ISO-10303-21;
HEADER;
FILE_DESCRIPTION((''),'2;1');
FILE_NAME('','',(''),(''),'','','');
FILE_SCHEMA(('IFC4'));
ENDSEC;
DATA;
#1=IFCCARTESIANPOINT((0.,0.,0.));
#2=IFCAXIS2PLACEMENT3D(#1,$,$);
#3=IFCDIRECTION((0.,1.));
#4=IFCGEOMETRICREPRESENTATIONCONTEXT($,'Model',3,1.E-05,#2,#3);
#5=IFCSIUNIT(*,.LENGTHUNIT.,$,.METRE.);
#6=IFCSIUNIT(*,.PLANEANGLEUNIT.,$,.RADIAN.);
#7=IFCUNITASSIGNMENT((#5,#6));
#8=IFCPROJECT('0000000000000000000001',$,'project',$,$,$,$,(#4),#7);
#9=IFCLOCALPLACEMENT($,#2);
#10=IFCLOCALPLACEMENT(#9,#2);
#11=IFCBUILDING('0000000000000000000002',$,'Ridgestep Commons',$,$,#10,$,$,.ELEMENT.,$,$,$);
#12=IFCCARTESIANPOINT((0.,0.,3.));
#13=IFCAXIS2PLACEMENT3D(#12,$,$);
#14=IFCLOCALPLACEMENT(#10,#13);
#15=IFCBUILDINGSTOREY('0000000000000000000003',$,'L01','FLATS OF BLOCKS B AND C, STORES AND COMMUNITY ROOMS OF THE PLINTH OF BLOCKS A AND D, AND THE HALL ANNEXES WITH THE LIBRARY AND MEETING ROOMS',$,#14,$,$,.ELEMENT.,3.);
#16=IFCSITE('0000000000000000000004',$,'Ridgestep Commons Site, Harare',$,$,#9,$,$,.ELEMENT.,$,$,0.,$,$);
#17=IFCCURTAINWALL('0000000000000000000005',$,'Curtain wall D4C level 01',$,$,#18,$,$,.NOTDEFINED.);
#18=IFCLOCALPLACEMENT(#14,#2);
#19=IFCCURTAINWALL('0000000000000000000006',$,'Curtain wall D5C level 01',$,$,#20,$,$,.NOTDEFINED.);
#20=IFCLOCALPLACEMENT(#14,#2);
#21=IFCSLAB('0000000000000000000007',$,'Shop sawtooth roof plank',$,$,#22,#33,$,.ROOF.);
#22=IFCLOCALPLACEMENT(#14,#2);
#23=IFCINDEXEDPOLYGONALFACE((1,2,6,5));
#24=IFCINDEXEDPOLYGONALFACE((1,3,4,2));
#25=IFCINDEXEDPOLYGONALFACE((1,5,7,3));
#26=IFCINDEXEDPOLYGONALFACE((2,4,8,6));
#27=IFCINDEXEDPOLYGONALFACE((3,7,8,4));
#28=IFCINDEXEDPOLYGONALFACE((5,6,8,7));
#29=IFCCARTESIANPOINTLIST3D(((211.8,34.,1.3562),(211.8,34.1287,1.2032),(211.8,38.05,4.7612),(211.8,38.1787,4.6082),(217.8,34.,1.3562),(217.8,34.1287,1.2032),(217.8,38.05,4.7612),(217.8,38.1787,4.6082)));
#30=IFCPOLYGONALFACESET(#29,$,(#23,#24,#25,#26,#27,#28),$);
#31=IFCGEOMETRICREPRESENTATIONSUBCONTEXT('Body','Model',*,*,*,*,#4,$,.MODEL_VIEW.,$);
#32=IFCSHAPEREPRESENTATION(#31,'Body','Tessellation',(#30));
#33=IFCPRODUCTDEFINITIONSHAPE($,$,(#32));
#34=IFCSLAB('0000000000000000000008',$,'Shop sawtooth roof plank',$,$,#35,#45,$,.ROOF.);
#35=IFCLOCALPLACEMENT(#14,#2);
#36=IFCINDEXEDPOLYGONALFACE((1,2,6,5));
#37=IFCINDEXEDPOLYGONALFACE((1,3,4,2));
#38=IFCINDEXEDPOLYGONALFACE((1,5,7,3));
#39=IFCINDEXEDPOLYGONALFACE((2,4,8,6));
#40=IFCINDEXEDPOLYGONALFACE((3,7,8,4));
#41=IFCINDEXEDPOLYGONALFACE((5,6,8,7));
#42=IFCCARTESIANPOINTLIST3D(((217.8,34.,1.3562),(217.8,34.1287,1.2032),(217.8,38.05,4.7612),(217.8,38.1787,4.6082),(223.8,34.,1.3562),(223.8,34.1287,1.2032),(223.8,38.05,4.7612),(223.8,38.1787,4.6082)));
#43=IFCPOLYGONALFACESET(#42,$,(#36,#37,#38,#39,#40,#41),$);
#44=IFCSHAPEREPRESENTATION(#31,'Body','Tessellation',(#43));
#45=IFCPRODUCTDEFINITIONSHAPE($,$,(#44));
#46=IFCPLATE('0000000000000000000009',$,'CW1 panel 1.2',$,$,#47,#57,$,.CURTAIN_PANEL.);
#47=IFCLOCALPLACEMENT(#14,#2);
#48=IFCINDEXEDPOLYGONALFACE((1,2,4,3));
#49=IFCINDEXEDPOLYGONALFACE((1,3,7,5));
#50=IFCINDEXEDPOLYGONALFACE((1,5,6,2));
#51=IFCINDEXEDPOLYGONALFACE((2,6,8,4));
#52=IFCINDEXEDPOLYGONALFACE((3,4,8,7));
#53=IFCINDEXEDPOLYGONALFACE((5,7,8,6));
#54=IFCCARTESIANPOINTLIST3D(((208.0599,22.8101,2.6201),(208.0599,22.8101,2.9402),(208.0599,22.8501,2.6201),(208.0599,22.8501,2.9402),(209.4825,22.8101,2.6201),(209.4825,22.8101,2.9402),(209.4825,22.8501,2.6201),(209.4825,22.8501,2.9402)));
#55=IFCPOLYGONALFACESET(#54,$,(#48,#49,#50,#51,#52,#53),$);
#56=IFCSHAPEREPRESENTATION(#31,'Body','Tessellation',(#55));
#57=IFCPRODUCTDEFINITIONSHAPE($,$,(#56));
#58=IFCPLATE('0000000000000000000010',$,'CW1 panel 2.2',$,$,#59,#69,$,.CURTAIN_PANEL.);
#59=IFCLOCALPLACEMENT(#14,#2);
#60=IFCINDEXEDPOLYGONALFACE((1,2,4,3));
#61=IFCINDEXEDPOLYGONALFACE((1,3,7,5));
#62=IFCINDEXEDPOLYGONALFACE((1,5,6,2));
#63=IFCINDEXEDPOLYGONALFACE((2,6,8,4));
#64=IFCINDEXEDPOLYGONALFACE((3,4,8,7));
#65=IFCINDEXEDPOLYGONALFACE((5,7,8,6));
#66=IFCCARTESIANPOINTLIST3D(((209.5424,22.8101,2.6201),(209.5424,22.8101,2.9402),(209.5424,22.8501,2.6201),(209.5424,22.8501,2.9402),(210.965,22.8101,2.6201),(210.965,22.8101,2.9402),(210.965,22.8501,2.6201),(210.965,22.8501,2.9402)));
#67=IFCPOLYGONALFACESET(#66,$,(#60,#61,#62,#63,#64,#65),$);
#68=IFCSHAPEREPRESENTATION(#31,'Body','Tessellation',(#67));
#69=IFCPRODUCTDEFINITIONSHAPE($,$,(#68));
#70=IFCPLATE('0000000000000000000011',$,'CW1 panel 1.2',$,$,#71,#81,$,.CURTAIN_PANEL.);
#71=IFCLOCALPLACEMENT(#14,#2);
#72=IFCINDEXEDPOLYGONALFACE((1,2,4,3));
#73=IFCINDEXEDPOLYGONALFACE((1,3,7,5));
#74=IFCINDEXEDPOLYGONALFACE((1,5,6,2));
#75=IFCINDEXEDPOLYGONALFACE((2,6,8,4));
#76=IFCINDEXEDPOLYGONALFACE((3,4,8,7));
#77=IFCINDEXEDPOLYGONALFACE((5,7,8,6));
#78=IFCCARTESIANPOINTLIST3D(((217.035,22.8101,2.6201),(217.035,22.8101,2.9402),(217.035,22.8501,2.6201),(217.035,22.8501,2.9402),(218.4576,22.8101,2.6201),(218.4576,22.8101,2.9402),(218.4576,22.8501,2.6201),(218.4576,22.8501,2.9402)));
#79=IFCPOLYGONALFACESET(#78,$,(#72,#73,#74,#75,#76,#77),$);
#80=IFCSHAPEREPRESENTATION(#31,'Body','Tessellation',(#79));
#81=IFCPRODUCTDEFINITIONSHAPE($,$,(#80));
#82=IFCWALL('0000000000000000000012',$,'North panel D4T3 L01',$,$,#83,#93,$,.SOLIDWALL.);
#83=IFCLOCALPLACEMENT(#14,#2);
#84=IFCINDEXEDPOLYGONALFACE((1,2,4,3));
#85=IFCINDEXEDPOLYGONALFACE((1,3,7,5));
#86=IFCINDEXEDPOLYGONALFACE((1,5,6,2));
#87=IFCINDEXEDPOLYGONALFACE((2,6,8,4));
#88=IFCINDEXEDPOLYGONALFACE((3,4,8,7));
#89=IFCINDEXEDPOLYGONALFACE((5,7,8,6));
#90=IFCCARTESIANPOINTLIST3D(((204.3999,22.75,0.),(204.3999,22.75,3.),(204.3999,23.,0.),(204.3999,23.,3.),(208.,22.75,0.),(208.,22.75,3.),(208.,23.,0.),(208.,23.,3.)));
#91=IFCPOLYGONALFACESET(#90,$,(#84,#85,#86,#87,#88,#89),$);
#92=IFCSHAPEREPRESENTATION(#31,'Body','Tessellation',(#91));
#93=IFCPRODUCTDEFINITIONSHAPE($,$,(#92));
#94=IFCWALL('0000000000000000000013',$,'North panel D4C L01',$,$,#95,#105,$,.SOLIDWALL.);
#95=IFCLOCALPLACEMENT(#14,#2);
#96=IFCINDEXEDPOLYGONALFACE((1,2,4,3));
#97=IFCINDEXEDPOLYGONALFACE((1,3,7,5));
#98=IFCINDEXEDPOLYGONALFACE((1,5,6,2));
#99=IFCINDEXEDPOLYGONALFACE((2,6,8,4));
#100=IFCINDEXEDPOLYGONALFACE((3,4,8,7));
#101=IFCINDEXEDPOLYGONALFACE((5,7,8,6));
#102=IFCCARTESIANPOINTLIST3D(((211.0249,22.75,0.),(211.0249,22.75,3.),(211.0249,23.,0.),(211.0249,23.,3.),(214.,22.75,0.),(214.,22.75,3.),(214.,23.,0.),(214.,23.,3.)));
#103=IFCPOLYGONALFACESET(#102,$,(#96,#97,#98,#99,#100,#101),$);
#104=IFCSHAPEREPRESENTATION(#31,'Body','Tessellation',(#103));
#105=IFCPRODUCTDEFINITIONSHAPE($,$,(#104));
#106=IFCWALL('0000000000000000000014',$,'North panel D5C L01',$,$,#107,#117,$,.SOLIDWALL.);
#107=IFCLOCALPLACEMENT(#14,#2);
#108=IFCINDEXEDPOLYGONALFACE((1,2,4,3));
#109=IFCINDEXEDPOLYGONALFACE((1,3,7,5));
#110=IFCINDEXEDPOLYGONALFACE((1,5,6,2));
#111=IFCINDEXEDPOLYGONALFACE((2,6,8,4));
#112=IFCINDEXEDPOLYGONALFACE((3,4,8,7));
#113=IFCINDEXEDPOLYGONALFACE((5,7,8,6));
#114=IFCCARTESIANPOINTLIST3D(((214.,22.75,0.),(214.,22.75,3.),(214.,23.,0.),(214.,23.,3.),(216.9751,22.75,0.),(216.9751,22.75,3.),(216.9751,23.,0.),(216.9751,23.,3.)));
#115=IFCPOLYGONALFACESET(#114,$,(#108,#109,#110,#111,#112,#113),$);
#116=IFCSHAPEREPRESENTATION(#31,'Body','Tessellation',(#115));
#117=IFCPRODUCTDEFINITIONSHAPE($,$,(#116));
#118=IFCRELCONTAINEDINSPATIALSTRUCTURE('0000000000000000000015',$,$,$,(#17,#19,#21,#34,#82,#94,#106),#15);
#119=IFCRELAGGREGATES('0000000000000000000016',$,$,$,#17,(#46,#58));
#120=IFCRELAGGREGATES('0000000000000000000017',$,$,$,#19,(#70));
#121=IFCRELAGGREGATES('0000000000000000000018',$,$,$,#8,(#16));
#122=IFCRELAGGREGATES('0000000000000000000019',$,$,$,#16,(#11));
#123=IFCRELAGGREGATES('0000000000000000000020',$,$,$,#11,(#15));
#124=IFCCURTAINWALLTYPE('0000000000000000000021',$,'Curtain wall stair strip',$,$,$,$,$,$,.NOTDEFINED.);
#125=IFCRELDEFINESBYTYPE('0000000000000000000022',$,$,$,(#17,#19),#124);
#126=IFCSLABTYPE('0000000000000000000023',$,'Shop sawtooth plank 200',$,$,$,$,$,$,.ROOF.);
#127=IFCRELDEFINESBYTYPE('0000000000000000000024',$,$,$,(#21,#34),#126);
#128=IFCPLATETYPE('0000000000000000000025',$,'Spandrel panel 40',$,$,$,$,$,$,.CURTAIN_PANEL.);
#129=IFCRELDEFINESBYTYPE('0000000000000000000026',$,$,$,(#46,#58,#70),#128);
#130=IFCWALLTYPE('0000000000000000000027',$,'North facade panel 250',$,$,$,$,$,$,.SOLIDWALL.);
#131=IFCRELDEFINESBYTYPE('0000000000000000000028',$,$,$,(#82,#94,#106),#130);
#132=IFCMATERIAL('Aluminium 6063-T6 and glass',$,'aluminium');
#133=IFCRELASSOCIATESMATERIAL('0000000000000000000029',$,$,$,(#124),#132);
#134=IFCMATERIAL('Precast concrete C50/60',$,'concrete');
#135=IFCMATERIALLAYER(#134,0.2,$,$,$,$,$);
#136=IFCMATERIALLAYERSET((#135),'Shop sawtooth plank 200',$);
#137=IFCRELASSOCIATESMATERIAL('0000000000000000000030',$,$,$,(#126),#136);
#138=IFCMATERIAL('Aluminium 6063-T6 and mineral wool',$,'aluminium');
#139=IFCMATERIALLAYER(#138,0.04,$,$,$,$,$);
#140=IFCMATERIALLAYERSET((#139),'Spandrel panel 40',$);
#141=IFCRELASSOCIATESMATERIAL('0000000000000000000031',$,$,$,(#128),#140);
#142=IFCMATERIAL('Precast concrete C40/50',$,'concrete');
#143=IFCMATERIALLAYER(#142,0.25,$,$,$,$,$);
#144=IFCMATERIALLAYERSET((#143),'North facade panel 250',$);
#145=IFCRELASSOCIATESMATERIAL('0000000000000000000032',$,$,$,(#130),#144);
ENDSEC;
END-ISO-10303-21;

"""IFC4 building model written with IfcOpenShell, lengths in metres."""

from ifc_helpers import new_model, si_unit, direction, frame, frame_2d, origin, origin_2d, place, context, subcontext, project, spatial, polyline, rectangle, outline, extrude, material, layer, layer_set, type_object, element, aggregate, save


model = new_model("IFC4")

# Units and contexts
model_context = context("Model", 3, precision=1e-05, world=origin(), true_north=direction((0.0, 1.0)))
body_context = subcontext(model_context, "Body", "Model", "MODEL_VIEW")
ifc_project = project(units=[si_unit("LENGTHUNIT", "METRE"), si_unit("PLANEANGLEUNIT", "RADIAN")], contexts=[model_context])

# Site, building, storey
site_placement = place(None, origin())
site = spatial("IfcSite", under=ifc_project, at=site_placement, Name="Ridgestep Commons Site, Harare", CompositionType="ELEMENT", RefElevation=0.0)
building_placement = place(site_placement, origin())
building = spatial("IfcBuilding", under=site, at=building_placement, Name="Ridgestep Commons", CompositionType="ELEMENT")
storey_placement = place(building_placement, frame((0.0, 0.0, 3.0)))
storey = spatial("IfcBuildingStorey", under=building, at=storey_placement, Name="L01", Description="FLATS OF BLOCKS B AND C, STORES AND COMMUNITY ROOMS OF THE PLINTH OF BLOCKS A AND D, AND THE HALL ANNEXES WITH THE LIBRARY AND MEETING ROOMS", CompositionType="ELEMENT", Elevation=3.0)

# Curtain wall
ifc_material_1 = material(Name="Aluminium 6063-T6 and glass", Category="aluminium")
curtain_wall_type_1 = type_object("IfcCurtainWallType", Name="Curtain wall stair strip", PredefinedType="NOTDEFINED", material=ifc_material_1)
curtain_wall_1_placement = place(storey_placement, origin())
curtain_wall_1 = element("IfcCurtainWall", 1, at=curtain_wall_1_placement, inside=storey, type_object=curtain_wall_type_1, Name="Curtain wall D4C level 01", PredefinedType="NOTDEFINED")

# Curtain wall
curtain_wall_2_placement = place(storey_placement, origin())
curtain_wall_2 = element("IfcCurtainWall", 2, at=curtain_wall_2_placement, inside=storey, type_object=curtain_wall_type_1, Name="Curtain wall D5C level 01", PredefinedType="NOTDEFINED")

# Slabs
ifc_material_2 = material(Name="Precast concrete C50/60", Category="concrete")
ifc_layer_1 = layer(ifc_material_2, 0.2)
ifc_layer_set_1 = layer_set([ifc_layer_1], Name="Shop sawtooth plank 200")
slab_type = type_object("IfcSlabType", Name="Shop sawtooth plank 200", PredefinedType="ROOF", material=ifc_layer_set_1)
for number, where, z_axis, x_axis, name in (
    (3, (211.8, 34.0, 1.3562), (0.0, -0.643523, 0.765427), (1.0, 0.0, 0.0), "Shop sawtooth roof plank"),
    (4, (217.8, 34.0, 1.3562), (0.0, -0.643523, 0.765427), (1.0, 0.0, 0.0), "Shop sawtooth roof plank"),
):
    element("IfcSlab", number, at=place(storey_placement, frame(where, z_axis=z_axis, x_axis=x_axis)), inside=storey, type_object=slab_type, Name=name, PredefinedType="ROOF", context=body_context, shape_type="SweptSolid", body=[
        extrude(outline(polyline([(0.0, 0.0), (6.0, 0.0), (6.0, 5.2912), (0.0, 5.2912), (0.0, 0.0)])), origin(), (0.0, 0.0, -1.0), 0.2),
    ])

# Plates
ifc_material_3 = material(Name="Aluminium 6063-T6 and mineral wool", Category="aluminium")
ifc_layer_2 = layer(ifc_material_3, 0.04)
ifc_layer_set_2 = layer_set([ifc_layer_2], Name="Spandrel panel 40")
plate_type_1 = type_object("IfcPlateType", Name="Spandrel panel 40", PredefinedType="CURTAIN_PANEL", material=ifc_layer_set_2)
plate_1_placement = place(storey_placement, frame((208.7712, 22.8301, 2.6201), z_axis=(0.0, 0.0, 1.0), x_axis=(1.0, 0.0, 0.0)))
plate_1 = element("IfcPlate", 5, at=plate_1_placement, type_object=plate_type_1, Name="CW1 panel 1.2", PredefinedType="CURTAIN_PANEL", context=body_context, shape_type="SweptSolid", body=[
    extrude(rectangle(XDim=1.4226, YDim=0.04, at=origin_2d()), origin(), (0.0, 0.0, 1.0), 0.3201),
])
plate_2_placement = place(storey_placement, frame((210.2537, 22.8301, 2.6201), z_axis=(0.0, 0.0, 1.0), x_axis=(1.0, 0.0, 0.0)))
plate_2 = element("IfcPlate", 6, at=plate_2_placement, type_object=plate_type_1, Name="CW1 panel 2.2", PredefinedType="CURTAIN_PANEL", context=body_context, shape_type="SweptSolid", body=[
    extrude(rectangle(XDim=1.4226, YDim=0.04, at=origin_2d()), origin(), (0.0, 0.0, 1.0), 0.3201),
])
aggregate(curtain_wall_1, [plate_1, plate_2])
plate_3_placement = place(storey_placement, frame((217.7463, 22.8301, 2.6201), z_axis=(0.0, 0.0, 1.0), x_axis=(1.0, 0.0, 0.0)))
plate_3 = element("IfcPlate", 7, at=plate_3_placement, type_object=plate_type_1, Name="CW1 panel 1.2", PredefinedType="CURTAIN_PANEL", context=body_context, shape_type="SweptSolid", body=[
    extrude(rectangle(XDim=1.4226, YDim=0.04, at=origin_2d()), origin(), (0.0, 0.0, 1.0), 0.3201),
])
aggregate(curtain_wall_2, [plate_3])

# Walls
ifc_material_4 = material(Name="Precast concrete C40/50", Category="concrete")
ifc_layer_3 = layer(ifc_material_4, 0.25)
ifc_layer_set_3 = layer_set([ifc_layer_3], Name="North facade panel 250")
wall_type = type_object("IfcWallType", Name="North facade panel 250", PredefinedType="SOLIDWALL", material=ifc_layer_set_3)
wall_placement = place(storey_placement, frame((204.3999, 22.875, 0.0), z_axis=(0.0, 0.0, 1.0), x_axis=(1.0, 0.0, 0.0)))
element("IfcWall", 8, at=wall_placement, inside=storey, type_object=wall_type, Name="North panel D4T3 L01", PredefinedType="SOLIDWALL", context=body_context, shape_type="SweptSolid", body=[
    extrude(rectangle(XDim=3.6001, YDim=0.25, at=frame_2d((1.8, 0.0))), origin(), (0.0, 0.0, 1.0), 3.0),
])
for number, where, z_axis, x_axis, name in (
    (9, (211.0249, 22.875, 0.0), (0.0, 0.0, 1.0), (1.0, 0.0, 0.0), "North panel D4C L01"),
    (10, (214.0, 22.875, 0.0), (0.0, 0.0, 1.0), (1.0, 0.0, 0.0), "North panel D5C L01"),
):
    element("IfcWall", number, at=place(storey_placement, frame(where, z_axis=z_axis, x_axis=x_axis)), inside=storey, type_object=wall_type, Name=name, PredefinedType="SOLIDWALL", context=body_context, shape_type="SweptSolid", body=[
        extrude(rectangle(XDim=2.9751, YDim=0.25, at=frame_2d((1.4875, 0.0))), origin(), (0.0, 0.0, 1.0), 3.0),
    ])

save(model, "model.ifc")
